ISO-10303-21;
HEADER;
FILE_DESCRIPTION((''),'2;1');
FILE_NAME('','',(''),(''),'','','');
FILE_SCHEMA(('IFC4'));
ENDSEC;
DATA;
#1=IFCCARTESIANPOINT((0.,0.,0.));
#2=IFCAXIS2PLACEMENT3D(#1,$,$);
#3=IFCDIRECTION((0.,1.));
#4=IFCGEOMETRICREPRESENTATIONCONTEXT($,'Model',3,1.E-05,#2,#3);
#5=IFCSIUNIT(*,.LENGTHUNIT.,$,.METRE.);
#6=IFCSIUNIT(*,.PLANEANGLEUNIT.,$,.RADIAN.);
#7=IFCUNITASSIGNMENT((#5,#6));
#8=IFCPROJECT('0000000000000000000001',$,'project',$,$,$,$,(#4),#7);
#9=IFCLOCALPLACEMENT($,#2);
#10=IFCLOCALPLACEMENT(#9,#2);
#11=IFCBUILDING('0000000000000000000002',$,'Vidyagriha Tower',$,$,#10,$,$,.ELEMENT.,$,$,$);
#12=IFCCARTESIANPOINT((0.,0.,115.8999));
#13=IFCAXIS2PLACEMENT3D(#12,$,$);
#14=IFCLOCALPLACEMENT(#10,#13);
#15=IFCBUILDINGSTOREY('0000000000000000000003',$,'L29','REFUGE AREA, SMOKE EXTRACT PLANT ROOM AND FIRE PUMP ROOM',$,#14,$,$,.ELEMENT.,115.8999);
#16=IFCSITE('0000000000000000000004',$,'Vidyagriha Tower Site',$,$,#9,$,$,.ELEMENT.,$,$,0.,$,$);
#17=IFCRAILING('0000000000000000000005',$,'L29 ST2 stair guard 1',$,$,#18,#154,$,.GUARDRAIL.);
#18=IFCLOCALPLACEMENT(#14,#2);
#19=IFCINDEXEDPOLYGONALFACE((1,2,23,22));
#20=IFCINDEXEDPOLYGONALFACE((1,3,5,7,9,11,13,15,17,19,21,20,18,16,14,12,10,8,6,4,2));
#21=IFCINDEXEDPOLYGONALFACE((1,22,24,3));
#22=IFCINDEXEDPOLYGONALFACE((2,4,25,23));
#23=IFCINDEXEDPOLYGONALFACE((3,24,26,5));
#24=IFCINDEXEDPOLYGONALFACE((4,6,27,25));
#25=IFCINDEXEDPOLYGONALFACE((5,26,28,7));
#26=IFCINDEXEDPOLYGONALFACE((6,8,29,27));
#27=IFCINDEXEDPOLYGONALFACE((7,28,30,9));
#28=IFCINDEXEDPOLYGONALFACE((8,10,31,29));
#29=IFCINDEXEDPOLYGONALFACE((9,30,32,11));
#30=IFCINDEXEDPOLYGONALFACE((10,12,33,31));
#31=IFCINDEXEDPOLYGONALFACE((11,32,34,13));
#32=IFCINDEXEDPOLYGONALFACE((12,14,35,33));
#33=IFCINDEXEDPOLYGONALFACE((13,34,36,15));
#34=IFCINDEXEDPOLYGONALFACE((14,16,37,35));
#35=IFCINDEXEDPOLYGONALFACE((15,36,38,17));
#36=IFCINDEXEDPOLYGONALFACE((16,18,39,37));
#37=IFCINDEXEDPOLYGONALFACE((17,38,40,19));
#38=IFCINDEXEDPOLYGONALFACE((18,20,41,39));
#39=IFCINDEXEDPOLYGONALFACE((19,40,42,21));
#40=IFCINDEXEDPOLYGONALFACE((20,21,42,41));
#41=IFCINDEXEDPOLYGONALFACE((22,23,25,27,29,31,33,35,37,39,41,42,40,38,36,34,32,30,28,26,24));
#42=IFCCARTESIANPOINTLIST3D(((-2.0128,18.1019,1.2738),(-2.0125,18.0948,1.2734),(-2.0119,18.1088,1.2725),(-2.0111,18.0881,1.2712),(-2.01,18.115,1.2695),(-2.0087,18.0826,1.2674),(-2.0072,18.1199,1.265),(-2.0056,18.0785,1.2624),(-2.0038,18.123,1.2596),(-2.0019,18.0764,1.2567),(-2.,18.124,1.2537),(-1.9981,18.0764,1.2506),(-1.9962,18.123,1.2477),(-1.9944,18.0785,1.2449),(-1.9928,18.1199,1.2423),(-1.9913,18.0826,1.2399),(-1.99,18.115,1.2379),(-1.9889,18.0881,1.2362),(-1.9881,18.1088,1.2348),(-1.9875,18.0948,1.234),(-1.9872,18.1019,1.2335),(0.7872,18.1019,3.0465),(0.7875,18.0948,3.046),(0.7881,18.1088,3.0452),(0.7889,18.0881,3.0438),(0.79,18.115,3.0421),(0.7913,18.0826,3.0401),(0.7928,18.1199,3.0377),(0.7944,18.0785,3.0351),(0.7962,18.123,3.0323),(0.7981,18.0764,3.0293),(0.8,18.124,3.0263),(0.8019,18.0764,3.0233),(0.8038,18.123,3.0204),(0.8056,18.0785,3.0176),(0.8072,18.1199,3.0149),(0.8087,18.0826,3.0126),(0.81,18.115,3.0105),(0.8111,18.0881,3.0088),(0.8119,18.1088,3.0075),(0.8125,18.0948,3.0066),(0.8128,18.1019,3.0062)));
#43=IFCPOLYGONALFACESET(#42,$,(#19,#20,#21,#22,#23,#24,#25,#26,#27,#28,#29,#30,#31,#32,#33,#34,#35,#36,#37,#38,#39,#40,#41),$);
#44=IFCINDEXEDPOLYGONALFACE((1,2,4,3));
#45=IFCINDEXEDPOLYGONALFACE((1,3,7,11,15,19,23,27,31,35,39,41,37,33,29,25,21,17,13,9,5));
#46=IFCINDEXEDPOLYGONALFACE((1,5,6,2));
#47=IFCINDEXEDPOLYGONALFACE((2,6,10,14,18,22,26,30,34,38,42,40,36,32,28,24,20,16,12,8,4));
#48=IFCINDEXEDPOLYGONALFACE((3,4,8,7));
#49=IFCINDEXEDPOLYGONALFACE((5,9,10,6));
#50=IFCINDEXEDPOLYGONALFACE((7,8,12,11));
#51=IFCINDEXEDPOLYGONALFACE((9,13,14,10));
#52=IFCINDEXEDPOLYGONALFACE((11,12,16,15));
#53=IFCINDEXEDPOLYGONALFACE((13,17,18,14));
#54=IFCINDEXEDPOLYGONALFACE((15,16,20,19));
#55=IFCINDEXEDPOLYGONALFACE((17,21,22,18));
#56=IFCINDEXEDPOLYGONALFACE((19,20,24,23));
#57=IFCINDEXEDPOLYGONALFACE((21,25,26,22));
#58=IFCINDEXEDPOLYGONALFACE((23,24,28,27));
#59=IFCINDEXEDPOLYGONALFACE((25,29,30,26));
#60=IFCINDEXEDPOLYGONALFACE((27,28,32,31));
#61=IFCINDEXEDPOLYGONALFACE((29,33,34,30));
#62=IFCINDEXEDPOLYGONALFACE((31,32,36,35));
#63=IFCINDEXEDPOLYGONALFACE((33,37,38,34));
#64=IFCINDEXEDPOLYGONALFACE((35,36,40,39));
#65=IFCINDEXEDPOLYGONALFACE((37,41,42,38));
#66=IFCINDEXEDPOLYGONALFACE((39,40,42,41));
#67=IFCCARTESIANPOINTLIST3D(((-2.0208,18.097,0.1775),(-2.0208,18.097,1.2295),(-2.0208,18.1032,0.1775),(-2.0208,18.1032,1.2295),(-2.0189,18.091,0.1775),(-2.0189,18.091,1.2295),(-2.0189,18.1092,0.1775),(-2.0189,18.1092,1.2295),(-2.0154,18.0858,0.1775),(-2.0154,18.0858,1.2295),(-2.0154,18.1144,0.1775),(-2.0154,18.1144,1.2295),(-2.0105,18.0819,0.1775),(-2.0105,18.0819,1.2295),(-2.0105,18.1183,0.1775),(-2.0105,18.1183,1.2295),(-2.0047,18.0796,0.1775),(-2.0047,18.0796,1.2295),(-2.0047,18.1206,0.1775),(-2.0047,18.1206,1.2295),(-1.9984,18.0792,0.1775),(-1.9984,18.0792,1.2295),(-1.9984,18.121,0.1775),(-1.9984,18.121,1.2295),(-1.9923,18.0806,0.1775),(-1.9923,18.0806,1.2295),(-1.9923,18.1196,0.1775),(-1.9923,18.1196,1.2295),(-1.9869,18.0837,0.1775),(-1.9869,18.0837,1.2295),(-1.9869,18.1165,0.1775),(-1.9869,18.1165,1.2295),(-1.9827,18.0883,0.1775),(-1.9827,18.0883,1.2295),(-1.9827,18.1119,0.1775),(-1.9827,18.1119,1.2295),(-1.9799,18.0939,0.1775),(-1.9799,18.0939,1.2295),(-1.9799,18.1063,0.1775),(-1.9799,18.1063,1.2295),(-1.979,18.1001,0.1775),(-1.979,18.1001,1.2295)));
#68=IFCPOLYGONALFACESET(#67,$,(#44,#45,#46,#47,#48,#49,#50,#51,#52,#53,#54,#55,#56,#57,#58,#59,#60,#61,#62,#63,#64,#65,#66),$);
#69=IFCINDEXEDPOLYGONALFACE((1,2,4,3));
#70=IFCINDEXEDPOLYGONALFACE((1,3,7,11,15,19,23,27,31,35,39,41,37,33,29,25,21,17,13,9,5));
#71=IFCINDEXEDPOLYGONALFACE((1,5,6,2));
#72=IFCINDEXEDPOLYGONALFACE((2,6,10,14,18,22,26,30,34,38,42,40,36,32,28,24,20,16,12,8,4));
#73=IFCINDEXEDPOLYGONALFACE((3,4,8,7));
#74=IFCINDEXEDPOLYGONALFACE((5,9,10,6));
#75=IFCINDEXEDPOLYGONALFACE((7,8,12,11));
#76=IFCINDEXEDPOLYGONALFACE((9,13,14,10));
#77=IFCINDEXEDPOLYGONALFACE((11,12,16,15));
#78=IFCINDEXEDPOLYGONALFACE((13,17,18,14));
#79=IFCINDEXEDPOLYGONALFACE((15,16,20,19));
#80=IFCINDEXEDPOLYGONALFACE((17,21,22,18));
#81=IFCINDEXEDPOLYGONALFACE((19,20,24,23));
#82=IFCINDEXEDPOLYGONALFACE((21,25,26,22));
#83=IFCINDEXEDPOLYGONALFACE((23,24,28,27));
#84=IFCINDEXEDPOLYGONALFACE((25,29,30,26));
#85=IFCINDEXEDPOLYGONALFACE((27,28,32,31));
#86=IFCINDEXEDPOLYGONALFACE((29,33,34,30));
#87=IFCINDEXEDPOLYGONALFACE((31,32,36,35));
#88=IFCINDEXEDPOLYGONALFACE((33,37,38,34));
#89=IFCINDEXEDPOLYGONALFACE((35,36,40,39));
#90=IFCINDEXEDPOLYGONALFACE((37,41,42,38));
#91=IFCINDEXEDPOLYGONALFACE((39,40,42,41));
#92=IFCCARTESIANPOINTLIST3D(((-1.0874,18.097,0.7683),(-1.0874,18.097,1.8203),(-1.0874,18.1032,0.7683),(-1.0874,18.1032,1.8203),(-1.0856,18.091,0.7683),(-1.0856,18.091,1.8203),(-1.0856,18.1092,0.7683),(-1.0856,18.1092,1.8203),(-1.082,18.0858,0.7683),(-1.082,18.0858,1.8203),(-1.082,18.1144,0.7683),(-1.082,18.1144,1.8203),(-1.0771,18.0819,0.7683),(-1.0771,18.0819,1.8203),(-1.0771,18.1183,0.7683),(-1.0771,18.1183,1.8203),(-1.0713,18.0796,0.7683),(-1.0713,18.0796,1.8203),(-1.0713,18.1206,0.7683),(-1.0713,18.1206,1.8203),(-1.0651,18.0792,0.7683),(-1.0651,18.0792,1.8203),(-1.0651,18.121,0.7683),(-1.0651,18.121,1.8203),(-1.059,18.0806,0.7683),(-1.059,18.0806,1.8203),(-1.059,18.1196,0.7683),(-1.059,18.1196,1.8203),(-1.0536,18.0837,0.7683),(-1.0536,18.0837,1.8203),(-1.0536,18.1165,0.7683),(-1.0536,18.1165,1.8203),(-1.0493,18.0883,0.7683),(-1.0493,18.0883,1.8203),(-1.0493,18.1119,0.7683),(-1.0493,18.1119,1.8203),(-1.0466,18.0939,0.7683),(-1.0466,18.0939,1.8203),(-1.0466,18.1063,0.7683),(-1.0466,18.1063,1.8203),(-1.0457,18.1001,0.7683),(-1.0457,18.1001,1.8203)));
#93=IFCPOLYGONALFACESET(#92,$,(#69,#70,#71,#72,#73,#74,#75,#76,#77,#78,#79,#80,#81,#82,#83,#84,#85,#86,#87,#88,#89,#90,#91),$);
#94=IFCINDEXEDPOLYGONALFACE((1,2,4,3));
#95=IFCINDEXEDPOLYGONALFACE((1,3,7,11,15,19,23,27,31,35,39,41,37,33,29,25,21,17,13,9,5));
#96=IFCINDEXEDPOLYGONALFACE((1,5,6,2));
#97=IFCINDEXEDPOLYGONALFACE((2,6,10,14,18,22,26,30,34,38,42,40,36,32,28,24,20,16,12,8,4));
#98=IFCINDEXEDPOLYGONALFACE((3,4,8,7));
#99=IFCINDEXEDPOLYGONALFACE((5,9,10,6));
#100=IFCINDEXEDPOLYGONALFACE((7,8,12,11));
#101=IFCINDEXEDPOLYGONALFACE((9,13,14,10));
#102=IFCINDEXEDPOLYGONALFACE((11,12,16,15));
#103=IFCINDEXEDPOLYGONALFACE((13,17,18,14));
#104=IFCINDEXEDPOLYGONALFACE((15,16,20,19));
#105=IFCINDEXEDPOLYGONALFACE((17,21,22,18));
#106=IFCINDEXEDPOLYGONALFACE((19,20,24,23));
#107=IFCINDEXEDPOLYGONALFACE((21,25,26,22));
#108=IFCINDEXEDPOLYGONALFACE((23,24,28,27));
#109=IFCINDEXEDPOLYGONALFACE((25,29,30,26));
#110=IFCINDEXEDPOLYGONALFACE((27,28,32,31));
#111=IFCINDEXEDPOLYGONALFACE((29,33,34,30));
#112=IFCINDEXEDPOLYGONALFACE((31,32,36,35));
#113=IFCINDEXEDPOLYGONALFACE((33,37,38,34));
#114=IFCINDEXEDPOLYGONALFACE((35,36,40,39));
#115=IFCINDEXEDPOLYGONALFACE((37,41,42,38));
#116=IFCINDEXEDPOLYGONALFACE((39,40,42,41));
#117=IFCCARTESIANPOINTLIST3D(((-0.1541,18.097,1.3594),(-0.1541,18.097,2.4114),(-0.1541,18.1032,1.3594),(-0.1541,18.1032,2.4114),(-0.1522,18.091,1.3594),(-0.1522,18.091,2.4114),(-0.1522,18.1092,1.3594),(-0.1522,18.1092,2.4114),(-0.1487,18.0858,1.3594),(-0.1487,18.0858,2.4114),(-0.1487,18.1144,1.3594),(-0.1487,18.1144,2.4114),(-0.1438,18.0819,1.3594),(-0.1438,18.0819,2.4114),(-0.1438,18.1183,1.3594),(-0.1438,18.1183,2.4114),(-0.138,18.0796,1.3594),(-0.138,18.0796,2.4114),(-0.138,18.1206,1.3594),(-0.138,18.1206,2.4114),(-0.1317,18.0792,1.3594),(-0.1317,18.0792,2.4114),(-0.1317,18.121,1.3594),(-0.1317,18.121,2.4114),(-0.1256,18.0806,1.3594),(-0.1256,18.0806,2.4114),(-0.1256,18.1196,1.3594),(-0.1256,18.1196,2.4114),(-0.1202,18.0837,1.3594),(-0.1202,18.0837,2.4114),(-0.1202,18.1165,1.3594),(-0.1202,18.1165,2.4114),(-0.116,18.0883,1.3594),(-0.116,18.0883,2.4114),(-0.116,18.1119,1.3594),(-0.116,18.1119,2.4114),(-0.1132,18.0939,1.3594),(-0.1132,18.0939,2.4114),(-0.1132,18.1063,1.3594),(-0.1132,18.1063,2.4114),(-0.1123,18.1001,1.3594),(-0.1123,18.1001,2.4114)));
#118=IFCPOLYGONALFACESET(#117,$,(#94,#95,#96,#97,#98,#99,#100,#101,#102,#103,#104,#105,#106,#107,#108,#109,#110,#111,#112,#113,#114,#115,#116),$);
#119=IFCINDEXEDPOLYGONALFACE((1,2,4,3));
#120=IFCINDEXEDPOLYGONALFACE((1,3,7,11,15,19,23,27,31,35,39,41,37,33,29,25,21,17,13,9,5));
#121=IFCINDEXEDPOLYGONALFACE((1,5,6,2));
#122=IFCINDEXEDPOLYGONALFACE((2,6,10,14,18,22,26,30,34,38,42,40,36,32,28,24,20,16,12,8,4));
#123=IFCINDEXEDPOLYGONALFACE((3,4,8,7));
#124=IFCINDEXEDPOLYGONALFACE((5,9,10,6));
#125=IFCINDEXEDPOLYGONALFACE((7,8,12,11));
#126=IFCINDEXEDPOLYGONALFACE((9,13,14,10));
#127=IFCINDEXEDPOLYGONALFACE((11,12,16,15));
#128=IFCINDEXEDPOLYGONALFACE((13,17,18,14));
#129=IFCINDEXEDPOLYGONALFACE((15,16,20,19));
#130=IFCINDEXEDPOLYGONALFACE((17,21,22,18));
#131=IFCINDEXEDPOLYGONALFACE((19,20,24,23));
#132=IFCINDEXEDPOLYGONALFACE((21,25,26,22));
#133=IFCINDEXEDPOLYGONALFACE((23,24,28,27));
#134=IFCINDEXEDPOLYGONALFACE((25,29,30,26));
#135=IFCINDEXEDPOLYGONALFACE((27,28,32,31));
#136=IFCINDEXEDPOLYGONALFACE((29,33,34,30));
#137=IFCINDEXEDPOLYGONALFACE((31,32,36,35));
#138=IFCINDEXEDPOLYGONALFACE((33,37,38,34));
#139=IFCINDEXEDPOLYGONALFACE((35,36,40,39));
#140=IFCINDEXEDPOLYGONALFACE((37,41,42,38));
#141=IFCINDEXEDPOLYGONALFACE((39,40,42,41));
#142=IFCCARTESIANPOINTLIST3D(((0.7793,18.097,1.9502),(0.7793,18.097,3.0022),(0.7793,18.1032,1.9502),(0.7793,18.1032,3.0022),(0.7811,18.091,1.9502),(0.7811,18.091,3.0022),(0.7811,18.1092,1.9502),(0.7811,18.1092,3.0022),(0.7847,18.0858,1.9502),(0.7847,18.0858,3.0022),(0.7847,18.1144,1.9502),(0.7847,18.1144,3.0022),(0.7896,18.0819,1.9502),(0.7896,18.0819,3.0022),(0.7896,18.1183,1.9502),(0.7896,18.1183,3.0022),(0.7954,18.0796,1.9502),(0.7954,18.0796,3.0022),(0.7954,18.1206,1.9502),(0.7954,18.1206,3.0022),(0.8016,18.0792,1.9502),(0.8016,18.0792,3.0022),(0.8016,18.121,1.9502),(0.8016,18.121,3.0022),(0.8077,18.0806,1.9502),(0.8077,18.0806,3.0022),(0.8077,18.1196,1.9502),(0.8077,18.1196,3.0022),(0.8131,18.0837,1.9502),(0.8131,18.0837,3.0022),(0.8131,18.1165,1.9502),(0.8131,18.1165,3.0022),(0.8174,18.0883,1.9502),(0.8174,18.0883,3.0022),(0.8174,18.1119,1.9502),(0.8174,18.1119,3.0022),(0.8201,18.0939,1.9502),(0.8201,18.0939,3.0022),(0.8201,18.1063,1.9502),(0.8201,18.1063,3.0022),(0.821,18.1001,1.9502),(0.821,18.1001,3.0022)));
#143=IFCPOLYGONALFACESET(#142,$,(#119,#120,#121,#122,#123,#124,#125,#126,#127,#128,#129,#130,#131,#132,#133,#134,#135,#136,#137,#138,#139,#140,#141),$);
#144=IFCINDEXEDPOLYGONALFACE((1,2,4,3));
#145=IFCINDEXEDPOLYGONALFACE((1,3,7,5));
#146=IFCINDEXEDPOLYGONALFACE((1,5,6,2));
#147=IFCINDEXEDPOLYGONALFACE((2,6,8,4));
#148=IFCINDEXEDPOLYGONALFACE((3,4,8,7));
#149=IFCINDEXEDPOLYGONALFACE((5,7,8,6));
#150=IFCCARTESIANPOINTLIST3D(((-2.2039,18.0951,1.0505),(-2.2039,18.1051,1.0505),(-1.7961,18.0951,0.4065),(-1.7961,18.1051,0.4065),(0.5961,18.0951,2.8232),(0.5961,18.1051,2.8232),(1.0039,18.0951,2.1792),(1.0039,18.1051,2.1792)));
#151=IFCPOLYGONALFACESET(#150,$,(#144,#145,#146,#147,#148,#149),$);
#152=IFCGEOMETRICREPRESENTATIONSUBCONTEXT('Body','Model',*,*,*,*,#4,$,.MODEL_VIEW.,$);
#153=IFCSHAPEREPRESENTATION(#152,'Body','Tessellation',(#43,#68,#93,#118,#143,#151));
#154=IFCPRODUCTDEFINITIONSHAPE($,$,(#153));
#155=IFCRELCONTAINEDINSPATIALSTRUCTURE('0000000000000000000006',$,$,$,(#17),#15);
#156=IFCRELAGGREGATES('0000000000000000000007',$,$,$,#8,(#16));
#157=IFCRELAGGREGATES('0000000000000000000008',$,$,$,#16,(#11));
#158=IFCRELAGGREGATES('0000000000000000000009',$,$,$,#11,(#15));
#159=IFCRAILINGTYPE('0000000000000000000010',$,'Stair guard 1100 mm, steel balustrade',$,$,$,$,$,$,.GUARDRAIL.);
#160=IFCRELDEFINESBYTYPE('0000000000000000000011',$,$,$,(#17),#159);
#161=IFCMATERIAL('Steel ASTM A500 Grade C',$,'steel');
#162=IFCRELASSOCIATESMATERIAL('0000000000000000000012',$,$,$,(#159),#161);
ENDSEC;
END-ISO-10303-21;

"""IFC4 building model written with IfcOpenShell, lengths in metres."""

from ifc_helpers import new_model, si_unit, direction, frame, origin, origin_2d, place, context, subcontext, project, spatial, rectangle, circle, extrude, material, type_object, element, save


model = new_model("IFC4")

# Units and contexts
model_context = context("Model", 3, precision=1e-05, world=origin(), true_north=direction((0.0, 1.0)))
body_context = subcontext(model_context, "Body", "Model", "MODEL_VIEW")
ifc_project = project(units=[si_unit("LENGTHUNIT", "METRE"), si_unit("PLANEANGLEUNIT", "RADIAN")], contexts=[model_context])

# Site, building, storey
site_placement = place(None, origin())
site = spatial("IfcSite", under=ifc_project, at=site_placement, Name="Vidyagriha Tower Site", CompositionType="ELEMENT", RefElevation=0.0)
building_placement = place(site_placement, origin())
building = spatial("IfcBuilding", under=site, at=building_placement, Name="Vidyagriha Tower", CompositionType="ELEMENT")
storey_placement = place(building_placement, frame((0.0, 0.0, 115.8999)))
storey = spatial("IfcBuildingStorey", under=building, at=storey_placement, Name="L29", Description="REFUGE AREA, SMOKE EXTRACT PLANT ROOM AND FIRE PUMP ROOM", CompositionType="ELEMENT", Elevation=115.8999)

# Railing
ifc_material_1 = material(Name="Steel ASTM A500 Grade C", Category="steel")
railing_type_1 = type_object("IfcRailingType", Name="Stair guard 1100 mm, steel balustrade", PredefinedType="GUARDRAIL", material=ifc_material_1)
railing_1_placement = place(storey_placement, frame((-2.0, 18.1001, 0.1775)))
element("IfcRailing", 1, at=railing_1_placement, inside=storey, type_object=railing_type_1, Name="L29 ST2 stair guard 1", PredefinedType="GUARDRAIL", context=body_context, shape_type="SweptSolid", body=[
    extrude(circle(Radius=0.0239, at=origin_2d()), frame((0.0, 0.0, 1.0762), z_axis=(0.844909, 0.0, 0.53491), x_axis=(0.0, 1.0, 0.0)), (0.0, 0.0, 1.0), 3.314),
    extrude(circle(Radius=0.021, at=origin_2d()), origin(), (0.0, 0.0, 1.0), 1.052),
    extrude(circle(Radius=0.021, at=origin_2d()), frame((0.9333, 0.0, 0.5908)), (0.0, 0.0, 1.0), 1.052),
    extrude(circle(Radius=0.021, at=origin_2d()), frame((1.8667, 0.0, 1.1819)), (0.0, 0.0, 1.0), 1.052),
    extrude(circle(Radius=0.021, at=origin_2d()), frame((2.8, 0.0, 1.7727)), (0.0, 0.0, 1.0), 1.052),
    extrude(rectangle(XDim=0.01, YDim=0.7622, at=origin_2d()), frame((0.0, 0.0, 0.551), z_axis=(0.844909, 0.0, 0.53491), x_axis=(0.0, 1.0, 0.0)), (0.0, 0.0, 1.0), 3.314),
])

save(model, "model.ifc")
